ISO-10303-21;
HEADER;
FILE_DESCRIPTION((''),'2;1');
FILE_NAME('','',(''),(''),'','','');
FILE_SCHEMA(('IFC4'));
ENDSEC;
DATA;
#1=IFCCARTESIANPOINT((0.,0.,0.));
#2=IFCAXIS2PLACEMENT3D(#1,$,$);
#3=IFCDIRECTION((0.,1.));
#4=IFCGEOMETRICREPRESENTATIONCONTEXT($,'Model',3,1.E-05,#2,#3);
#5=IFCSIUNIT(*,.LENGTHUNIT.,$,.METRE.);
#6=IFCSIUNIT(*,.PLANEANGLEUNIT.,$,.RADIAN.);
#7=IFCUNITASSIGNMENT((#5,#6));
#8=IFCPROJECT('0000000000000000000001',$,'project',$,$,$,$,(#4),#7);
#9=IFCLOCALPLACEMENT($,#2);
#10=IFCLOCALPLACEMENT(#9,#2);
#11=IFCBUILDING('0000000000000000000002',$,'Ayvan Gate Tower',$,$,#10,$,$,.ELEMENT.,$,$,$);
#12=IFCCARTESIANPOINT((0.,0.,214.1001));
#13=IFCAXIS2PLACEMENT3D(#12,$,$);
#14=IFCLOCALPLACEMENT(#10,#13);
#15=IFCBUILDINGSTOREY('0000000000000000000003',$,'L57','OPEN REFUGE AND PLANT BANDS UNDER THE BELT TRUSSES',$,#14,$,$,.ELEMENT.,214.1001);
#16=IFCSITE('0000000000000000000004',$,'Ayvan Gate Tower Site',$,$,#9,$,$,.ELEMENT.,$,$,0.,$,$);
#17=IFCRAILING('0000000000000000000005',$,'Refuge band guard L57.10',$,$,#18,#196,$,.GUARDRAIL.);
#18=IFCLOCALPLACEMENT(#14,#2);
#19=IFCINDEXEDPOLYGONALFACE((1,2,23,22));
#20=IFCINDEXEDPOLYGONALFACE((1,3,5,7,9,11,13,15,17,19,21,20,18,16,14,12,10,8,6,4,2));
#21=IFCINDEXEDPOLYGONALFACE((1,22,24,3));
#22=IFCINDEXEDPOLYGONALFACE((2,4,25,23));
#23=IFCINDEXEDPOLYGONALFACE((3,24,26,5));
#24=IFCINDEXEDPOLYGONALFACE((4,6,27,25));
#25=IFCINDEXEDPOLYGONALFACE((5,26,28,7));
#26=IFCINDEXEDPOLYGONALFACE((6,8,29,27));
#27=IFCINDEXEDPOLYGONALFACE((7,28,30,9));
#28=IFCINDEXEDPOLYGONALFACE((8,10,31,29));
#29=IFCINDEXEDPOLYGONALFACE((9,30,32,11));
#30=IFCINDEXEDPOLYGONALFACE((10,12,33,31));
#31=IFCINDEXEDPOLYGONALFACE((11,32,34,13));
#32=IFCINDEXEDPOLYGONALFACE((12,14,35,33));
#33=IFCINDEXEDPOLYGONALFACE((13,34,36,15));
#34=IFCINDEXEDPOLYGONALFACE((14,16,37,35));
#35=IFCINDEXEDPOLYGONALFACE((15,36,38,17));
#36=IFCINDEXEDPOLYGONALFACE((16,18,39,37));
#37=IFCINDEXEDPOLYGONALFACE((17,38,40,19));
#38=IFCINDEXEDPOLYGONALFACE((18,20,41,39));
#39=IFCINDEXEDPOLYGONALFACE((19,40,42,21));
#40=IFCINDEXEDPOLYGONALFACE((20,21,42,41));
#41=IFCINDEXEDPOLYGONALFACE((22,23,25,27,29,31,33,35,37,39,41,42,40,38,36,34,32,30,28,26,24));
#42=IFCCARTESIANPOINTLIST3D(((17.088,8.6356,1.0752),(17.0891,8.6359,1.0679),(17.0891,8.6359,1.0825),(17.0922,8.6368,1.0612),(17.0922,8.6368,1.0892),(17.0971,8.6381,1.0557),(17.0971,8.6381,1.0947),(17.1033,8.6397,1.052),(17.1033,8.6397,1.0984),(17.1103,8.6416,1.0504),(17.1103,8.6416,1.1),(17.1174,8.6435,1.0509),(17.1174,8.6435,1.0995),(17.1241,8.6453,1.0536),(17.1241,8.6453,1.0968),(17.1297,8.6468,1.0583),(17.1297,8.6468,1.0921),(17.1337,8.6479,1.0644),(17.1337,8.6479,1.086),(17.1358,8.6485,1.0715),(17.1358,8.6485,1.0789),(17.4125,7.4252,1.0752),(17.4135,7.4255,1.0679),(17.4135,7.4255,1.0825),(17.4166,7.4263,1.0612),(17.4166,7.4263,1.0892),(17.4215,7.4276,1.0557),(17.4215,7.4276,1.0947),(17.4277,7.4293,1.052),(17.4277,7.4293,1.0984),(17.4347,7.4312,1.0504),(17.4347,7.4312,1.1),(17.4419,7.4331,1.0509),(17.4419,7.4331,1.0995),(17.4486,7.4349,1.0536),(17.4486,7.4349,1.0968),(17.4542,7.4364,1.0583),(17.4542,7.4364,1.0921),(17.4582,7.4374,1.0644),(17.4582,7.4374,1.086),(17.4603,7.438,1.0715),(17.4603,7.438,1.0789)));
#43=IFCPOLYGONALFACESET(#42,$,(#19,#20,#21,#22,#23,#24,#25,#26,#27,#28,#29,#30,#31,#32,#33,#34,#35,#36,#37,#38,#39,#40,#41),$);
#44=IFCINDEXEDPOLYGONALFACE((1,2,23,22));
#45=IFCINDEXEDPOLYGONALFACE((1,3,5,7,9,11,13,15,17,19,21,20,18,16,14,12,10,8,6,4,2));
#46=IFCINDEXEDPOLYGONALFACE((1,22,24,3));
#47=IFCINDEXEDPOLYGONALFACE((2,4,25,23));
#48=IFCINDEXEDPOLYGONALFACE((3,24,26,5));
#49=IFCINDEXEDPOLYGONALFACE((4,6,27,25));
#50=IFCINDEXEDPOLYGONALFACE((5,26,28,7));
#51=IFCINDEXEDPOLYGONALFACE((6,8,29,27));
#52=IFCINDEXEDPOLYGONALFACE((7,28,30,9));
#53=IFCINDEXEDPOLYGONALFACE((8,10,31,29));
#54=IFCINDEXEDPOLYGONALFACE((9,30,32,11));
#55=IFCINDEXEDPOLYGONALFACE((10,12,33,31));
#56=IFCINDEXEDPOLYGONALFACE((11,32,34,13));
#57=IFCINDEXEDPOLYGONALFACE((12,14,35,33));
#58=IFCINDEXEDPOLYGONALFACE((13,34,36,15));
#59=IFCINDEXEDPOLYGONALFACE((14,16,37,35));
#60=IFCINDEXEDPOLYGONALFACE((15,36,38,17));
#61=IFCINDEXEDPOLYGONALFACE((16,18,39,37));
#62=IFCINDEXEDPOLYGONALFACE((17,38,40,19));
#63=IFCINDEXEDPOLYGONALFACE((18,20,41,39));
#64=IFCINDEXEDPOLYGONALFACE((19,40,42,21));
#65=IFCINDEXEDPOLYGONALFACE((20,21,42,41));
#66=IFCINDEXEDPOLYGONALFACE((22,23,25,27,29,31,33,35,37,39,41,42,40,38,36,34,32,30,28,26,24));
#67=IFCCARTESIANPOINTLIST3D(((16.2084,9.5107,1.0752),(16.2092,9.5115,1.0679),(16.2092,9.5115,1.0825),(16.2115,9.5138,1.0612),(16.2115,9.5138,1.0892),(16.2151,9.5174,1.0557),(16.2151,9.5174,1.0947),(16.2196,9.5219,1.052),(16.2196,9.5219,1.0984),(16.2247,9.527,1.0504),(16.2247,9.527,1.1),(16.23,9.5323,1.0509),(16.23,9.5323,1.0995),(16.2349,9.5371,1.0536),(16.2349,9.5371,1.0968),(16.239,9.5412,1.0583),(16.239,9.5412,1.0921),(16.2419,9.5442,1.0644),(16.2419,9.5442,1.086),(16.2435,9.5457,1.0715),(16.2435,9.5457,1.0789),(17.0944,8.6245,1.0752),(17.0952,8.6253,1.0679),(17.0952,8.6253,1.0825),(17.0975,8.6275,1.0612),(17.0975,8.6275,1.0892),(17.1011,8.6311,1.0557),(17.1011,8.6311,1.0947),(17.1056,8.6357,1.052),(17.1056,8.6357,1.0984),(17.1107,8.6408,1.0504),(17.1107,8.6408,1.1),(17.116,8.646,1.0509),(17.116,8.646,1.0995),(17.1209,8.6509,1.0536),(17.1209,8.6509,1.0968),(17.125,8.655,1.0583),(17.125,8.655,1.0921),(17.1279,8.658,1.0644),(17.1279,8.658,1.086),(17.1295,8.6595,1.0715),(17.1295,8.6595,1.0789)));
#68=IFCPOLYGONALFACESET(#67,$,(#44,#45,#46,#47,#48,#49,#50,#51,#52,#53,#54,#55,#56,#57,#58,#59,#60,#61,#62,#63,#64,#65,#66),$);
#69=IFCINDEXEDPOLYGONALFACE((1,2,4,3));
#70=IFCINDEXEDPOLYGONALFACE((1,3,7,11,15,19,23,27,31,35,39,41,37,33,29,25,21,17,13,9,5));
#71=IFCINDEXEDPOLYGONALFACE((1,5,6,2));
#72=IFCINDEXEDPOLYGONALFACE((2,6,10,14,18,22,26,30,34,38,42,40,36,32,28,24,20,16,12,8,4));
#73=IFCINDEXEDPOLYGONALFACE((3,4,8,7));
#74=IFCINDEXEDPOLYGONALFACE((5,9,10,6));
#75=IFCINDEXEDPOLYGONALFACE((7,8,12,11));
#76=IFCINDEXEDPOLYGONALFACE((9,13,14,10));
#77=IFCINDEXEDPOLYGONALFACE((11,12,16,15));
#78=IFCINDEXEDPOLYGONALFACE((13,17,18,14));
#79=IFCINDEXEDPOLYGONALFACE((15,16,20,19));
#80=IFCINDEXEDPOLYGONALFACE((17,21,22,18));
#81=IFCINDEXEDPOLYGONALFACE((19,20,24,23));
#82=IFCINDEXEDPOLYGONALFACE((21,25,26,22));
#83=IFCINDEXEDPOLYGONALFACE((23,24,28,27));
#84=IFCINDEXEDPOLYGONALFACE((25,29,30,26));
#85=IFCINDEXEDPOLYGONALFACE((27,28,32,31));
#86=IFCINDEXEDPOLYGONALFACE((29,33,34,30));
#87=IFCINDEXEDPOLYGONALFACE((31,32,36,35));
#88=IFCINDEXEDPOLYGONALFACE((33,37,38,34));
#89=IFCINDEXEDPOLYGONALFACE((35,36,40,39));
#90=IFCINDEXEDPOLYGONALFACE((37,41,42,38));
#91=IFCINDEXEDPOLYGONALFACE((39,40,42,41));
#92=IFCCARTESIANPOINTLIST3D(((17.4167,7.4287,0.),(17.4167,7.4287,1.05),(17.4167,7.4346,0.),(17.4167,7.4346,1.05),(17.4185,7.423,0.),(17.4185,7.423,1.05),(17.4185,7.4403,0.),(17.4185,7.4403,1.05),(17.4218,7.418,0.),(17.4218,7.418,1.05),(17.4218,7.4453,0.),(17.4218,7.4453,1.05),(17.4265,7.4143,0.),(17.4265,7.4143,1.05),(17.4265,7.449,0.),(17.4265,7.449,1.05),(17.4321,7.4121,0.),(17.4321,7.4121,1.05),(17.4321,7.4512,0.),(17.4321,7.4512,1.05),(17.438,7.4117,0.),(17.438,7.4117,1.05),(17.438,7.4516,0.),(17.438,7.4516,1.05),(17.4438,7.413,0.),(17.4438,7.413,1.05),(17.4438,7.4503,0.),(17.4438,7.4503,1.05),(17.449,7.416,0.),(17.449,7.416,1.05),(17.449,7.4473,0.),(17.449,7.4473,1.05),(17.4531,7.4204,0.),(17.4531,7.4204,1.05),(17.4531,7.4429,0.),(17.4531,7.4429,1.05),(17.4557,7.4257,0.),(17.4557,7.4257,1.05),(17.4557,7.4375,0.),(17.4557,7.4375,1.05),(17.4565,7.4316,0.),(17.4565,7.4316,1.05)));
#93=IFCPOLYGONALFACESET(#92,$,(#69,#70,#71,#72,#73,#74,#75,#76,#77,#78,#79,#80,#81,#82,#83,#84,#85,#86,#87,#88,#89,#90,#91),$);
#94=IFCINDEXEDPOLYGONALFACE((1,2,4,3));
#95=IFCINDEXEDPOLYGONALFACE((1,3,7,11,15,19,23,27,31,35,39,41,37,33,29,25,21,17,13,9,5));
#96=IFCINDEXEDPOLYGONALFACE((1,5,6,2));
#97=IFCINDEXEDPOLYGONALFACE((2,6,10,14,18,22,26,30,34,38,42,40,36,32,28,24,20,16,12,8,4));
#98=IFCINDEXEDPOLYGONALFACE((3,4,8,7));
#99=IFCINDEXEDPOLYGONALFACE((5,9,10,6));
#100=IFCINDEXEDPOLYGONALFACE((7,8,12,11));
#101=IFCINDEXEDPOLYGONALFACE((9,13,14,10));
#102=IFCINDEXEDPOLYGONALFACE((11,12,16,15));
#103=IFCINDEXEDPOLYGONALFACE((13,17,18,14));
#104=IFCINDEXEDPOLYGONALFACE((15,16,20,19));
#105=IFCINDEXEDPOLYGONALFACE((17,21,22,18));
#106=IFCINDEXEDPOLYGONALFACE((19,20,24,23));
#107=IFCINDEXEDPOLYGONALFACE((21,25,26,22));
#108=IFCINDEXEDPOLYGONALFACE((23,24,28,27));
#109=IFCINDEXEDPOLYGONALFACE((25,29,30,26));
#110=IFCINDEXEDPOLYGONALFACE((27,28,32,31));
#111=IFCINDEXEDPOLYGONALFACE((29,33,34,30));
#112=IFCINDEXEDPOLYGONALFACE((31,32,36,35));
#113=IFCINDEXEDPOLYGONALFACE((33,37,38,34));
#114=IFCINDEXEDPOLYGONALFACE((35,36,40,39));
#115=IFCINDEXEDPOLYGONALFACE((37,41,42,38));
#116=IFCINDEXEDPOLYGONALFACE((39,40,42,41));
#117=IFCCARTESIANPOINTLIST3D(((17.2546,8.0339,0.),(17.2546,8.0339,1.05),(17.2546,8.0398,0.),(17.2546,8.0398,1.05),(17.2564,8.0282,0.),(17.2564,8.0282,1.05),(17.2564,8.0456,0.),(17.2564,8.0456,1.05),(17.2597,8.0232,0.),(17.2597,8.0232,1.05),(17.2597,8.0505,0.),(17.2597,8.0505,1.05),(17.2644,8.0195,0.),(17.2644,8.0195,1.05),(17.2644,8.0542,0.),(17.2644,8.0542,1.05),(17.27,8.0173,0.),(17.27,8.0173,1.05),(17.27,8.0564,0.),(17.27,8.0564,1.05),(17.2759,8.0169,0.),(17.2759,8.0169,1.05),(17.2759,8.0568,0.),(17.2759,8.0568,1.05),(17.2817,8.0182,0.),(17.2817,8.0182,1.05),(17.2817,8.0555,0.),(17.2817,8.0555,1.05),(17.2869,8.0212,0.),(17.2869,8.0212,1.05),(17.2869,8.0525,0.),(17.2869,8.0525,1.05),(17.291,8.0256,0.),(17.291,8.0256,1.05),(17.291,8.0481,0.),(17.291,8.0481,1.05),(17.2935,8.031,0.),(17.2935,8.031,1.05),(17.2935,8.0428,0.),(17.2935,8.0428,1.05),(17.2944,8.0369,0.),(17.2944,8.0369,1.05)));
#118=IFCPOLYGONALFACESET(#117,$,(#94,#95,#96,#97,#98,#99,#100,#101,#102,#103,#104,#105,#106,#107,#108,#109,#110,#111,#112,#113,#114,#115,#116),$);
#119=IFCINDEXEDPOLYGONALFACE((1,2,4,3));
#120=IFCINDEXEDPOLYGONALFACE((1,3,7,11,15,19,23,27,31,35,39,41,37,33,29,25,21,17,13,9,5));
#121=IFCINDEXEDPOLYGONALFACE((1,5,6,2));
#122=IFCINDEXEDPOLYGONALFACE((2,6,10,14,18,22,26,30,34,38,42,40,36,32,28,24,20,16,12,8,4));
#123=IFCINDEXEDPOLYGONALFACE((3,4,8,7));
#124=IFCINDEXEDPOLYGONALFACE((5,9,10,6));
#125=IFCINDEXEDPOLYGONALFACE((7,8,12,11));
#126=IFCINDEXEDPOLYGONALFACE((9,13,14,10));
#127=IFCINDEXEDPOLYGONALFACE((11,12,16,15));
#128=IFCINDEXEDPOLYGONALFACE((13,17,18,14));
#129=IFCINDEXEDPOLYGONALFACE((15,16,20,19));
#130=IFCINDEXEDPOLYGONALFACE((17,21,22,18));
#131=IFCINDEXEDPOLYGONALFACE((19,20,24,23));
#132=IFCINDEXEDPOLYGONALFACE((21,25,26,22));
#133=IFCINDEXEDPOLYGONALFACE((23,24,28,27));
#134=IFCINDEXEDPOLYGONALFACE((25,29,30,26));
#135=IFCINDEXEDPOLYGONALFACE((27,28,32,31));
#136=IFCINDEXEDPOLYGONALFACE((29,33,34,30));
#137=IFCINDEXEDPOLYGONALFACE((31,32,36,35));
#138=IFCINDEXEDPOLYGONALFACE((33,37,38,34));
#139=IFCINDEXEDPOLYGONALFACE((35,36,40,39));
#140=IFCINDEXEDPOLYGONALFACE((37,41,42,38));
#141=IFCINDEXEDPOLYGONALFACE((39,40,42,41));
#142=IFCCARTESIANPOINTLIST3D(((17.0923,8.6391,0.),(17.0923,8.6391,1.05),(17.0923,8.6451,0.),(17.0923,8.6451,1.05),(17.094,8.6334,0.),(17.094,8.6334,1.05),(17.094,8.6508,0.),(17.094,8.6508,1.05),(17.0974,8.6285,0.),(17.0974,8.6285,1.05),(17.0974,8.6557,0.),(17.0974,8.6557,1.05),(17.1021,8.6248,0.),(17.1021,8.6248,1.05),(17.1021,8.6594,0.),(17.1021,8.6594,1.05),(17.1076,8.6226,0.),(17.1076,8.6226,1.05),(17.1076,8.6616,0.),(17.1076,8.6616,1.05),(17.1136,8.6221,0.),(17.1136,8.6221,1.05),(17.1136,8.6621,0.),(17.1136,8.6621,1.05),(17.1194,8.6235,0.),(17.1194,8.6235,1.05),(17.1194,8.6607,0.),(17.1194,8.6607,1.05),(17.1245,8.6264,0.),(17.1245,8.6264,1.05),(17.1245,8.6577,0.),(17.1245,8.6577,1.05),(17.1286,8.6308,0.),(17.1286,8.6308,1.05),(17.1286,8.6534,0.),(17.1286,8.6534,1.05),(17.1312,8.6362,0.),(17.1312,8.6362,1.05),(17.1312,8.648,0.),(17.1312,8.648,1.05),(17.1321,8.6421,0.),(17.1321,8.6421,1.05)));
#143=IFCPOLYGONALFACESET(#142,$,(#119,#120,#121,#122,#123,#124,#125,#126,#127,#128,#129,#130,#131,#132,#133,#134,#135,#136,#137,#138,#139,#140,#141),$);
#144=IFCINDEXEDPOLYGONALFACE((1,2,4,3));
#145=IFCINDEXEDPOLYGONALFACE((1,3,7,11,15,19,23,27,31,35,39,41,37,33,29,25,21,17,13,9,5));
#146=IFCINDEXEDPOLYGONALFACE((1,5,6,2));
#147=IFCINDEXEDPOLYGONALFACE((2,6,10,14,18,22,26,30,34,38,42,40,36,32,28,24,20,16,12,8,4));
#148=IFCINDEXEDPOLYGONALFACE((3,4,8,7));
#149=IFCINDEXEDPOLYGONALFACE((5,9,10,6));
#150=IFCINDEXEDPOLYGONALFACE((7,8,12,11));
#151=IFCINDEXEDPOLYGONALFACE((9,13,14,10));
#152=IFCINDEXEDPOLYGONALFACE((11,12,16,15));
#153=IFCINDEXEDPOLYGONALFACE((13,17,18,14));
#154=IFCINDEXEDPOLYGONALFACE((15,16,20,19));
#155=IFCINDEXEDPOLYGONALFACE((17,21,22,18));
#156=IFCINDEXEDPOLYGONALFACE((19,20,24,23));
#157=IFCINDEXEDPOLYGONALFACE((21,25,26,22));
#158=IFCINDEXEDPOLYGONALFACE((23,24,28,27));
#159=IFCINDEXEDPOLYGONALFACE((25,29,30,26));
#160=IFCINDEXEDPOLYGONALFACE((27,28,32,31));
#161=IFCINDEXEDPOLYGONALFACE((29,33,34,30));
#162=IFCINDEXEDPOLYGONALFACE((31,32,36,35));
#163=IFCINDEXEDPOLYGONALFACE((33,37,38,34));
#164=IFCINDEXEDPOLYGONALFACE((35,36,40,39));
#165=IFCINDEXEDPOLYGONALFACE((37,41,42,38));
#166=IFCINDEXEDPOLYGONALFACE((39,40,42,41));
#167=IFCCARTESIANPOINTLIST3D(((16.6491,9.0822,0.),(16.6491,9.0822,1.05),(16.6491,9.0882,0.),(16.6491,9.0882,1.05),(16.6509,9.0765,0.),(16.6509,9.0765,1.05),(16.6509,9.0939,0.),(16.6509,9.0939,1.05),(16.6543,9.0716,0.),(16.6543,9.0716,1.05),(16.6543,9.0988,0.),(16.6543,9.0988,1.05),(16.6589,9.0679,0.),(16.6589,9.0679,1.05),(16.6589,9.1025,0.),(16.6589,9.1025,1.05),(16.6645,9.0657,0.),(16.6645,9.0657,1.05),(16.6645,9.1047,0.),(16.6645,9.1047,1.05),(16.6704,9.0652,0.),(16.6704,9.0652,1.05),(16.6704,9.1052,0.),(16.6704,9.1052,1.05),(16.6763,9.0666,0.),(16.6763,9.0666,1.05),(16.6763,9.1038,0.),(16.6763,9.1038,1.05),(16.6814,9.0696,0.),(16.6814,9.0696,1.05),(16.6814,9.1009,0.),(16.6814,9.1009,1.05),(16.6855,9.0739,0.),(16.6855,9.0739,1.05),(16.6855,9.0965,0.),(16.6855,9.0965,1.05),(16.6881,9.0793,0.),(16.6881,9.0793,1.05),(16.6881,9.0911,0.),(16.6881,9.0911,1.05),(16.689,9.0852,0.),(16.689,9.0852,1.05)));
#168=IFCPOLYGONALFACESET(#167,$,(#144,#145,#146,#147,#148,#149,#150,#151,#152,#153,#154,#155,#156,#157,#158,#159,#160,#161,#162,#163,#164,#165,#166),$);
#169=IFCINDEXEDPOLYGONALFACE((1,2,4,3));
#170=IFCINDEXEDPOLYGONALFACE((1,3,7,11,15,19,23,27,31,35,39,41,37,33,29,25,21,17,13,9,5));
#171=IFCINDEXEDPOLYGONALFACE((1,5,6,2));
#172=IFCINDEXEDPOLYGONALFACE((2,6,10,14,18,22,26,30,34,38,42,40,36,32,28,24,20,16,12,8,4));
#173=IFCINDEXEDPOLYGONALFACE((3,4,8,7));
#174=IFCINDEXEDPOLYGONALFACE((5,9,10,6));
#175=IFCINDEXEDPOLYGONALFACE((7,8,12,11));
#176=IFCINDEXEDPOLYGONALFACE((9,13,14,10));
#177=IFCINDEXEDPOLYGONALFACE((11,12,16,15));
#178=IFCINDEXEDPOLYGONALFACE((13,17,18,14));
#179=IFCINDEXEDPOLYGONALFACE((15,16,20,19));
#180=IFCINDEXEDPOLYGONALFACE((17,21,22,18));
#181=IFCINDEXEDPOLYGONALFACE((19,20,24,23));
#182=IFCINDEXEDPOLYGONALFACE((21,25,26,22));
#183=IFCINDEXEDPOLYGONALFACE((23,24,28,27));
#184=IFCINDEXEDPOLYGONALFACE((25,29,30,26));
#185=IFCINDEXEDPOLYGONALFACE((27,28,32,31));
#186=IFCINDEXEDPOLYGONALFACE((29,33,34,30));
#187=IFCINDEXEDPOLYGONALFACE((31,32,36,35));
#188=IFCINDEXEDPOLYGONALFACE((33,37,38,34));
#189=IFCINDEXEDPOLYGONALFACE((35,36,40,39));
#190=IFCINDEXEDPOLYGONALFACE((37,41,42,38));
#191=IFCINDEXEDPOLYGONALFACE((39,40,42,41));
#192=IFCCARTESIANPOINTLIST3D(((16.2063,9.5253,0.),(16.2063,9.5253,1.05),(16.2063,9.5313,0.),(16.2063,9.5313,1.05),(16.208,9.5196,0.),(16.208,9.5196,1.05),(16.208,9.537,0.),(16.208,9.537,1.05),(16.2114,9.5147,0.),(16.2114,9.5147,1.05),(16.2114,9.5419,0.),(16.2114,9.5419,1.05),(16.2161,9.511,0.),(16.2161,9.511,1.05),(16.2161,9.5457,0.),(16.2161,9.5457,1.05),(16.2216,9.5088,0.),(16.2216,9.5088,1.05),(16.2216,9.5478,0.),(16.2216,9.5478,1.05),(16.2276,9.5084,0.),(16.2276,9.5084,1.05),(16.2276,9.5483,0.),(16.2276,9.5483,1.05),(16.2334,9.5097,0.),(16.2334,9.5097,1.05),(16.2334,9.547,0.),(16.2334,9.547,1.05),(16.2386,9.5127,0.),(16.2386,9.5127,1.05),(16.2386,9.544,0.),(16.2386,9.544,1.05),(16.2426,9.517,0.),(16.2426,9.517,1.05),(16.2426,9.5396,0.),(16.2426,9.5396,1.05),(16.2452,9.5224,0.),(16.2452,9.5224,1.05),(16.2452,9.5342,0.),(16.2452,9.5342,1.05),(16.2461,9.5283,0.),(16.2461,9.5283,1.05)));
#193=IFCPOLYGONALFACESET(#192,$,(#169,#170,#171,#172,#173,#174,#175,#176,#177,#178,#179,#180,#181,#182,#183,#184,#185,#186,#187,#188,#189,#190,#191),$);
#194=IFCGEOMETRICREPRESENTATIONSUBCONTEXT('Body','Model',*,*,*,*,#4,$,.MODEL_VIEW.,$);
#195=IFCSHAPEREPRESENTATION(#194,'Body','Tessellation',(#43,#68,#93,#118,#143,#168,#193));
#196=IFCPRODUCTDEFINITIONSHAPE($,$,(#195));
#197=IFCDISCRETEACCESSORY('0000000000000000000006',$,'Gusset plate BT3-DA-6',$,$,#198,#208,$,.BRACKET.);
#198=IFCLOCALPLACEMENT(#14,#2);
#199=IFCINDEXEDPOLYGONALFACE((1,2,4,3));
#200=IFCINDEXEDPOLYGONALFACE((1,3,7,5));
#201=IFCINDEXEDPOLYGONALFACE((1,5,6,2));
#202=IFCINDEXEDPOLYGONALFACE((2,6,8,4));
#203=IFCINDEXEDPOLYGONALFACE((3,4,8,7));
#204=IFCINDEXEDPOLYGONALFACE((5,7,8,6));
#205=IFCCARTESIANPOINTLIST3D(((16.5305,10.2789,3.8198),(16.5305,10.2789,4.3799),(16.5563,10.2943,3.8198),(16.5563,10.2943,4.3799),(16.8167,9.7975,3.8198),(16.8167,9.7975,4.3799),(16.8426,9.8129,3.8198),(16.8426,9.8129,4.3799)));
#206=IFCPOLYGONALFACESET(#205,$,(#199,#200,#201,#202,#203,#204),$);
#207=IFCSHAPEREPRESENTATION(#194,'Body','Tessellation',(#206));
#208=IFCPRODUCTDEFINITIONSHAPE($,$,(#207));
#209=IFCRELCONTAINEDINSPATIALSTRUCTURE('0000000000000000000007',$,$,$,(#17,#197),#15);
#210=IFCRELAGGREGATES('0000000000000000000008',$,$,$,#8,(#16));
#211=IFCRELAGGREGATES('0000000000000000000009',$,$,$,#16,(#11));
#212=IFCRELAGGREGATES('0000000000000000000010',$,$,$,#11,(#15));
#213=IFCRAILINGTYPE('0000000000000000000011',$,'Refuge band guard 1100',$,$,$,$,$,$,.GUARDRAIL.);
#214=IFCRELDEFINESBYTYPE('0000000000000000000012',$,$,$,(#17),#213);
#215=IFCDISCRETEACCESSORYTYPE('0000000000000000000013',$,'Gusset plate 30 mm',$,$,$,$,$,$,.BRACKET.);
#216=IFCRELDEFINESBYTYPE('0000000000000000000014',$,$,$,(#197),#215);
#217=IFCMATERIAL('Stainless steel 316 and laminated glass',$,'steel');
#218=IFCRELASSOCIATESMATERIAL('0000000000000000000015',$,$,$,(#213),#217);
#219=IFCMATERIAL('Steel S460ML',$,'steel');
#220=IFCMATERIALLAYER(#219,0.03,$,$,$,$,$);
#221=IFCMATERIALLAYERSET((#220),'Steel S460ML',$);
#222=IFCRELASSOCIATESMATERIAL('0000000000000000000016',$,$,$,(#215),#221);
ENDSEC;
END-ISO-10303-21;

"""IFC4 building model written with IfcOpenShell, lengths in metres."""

from ifc_helpers import new_model, si_unit, direction, frame, origin, origin_2d, place, context, subcontext, project, spatial, rectangle, circle, extrude, material, layer, layer_set, type_object, element, save


model = new_model("IFC4")

# Units and contexts
model_context = context("Model", 3, precision=1e-05, world=origin(), true_north=direction((0.0, 1.0)))
body_context = subcontext(model_context, "Body", "Model", "MODEL_VIEW")
ifc_project = project(units=[si_unit("LENGTHUNIT", "METRE"), si_unit("PLANEANGLEUNIT", "RADIAN")], contexts=[model_context])

# Site, building, storey
site_placement = place(None, origin())
site = spatial("IfcSite", under=ifc_project, at=site_placement, Name="Ayvan Gate Tower Site", CompositionType="ELEMENT", RefElevation=0.0)
building_placement = place(site_placement, origin())
building = spatial("IfcBuilding", under=site, at=building_placement, Name="Ayvan Gate Tower", CompositionType="ELEMENT")
storey_placement = place(building_placement, frame((0.0, 0.0, 214.1001)))
storey = spatial("IfcBuildingStorey", under=building, at=storey_placement, Name="L57", Description="OPEN REFUGE AND PLANT BANDS UNDER THE BELT TRUSSES", CompositionType="ELEMENT", Elevation=214.1001)

# Shared definitions
ifc_material_1 = material(Name="Steel S460ML", Category="steel")

# Railing
ifc_material_2 = material(Name="Stainless steel 316 and laminated glass", Category="steel")
railing_type = type_object("IfcRailingType", Name="Refuge band guard 1100", PredefinedType="GUARDRAIL", material=ifc_material_2)
railing_1_placement = place(storey_placement, frame((17.4365, 7.4316, 0.0)))
element("IfcRailing", 1, at=railing_1_placement, inside=storey, type_object=railing_type, Name="Refuge band guard L57.10", PredefinedType="GUARDRAIL", context=body_context, shape_type="SweptSolid", body=[
    extrude(circle(Radius=0.0249, at=origin_2d()), frame((0.0, 0.0, 1.0752), z_axis=(-0.258911, 0.965901, 0.0), x_axis=(-0.965901, -0.258911, 0.0)), (0.0, 0.0, 1.0), 1.2532),
    extrude(circle(Radius=0.0249, at=origin_2d()), frame((-0.3245, 1.2104, 1.0752), z_axis=(-0.707009, 0.707204, 0.0), x_axis=(-0.707204, -0.707009, 0.0)), (0.0, 0.0, 1.0), 1.2532),
    extrude(circle(Radius=0.02, at=origin_2d()), origin(), (0.0, 0.0, 1.0), 1.05),
    extrude(circle(Radius=0.02, at=origin_2d()), frame((-0.1621, 0.6052, 0.0)), (0.0, 0.0, 1.0), 1.05),
    extrude(circle(Radius=0.02, at=origin_2d()), frame((-0.3245, 1.2104, 0.0)), (0.0, 0.0, 1.0), 1.05),
    extrude(circle(Radius=0.02, at=origin_2d()), frame((-0.7676, 1.6536, 0.0)), (0.0, 0.0, 1.0), 1.05),
    extrude(circle(Radius=0.02, at=origin_2d()), frame((-1.2104, 2.0967, 0.0)), (0.0, 0.0, 1.0), 1.05),
])

# Discrete accessory
ifc_layer_1 = layer(ifc_material_1, 0.03)
ifc_layer_set_1 = layer_set([ifc_layer_1], Name="Steel S460ML")
discrete_accessory_type = type_object("IfcDiscreteAccessoryType", Name="Gusset plate 30 mm", PredefinedType="BRACKET", material=ifc_layer_set_1)
for number, where, z_axis, x_axis, name in (
    (2, (16.6865, 10.0459, 3.8198), (0.0, 0.0, 1.0), (-0.51111, 0.859515, 0.0), "Gusset plate BT3-DA-6"),
):
    element("IfcDiscreteAccessory", number, at=place(storey_placement, frame(where, z_axis=z_axis, x_axis=x_axis)), inside=storey, type_object=discrete_accessory_type, Name=name, PredefinedType="BRACKET", context=body_context, shape_type="SweptSolid", body=[
        extrude(rectangle(XDim=0.5601, YDim=0.03, at=origin_2d()), origin(), (0.0, 0.0, 1.0), 0.5601),
    ])

save(model, "model.ifc")
